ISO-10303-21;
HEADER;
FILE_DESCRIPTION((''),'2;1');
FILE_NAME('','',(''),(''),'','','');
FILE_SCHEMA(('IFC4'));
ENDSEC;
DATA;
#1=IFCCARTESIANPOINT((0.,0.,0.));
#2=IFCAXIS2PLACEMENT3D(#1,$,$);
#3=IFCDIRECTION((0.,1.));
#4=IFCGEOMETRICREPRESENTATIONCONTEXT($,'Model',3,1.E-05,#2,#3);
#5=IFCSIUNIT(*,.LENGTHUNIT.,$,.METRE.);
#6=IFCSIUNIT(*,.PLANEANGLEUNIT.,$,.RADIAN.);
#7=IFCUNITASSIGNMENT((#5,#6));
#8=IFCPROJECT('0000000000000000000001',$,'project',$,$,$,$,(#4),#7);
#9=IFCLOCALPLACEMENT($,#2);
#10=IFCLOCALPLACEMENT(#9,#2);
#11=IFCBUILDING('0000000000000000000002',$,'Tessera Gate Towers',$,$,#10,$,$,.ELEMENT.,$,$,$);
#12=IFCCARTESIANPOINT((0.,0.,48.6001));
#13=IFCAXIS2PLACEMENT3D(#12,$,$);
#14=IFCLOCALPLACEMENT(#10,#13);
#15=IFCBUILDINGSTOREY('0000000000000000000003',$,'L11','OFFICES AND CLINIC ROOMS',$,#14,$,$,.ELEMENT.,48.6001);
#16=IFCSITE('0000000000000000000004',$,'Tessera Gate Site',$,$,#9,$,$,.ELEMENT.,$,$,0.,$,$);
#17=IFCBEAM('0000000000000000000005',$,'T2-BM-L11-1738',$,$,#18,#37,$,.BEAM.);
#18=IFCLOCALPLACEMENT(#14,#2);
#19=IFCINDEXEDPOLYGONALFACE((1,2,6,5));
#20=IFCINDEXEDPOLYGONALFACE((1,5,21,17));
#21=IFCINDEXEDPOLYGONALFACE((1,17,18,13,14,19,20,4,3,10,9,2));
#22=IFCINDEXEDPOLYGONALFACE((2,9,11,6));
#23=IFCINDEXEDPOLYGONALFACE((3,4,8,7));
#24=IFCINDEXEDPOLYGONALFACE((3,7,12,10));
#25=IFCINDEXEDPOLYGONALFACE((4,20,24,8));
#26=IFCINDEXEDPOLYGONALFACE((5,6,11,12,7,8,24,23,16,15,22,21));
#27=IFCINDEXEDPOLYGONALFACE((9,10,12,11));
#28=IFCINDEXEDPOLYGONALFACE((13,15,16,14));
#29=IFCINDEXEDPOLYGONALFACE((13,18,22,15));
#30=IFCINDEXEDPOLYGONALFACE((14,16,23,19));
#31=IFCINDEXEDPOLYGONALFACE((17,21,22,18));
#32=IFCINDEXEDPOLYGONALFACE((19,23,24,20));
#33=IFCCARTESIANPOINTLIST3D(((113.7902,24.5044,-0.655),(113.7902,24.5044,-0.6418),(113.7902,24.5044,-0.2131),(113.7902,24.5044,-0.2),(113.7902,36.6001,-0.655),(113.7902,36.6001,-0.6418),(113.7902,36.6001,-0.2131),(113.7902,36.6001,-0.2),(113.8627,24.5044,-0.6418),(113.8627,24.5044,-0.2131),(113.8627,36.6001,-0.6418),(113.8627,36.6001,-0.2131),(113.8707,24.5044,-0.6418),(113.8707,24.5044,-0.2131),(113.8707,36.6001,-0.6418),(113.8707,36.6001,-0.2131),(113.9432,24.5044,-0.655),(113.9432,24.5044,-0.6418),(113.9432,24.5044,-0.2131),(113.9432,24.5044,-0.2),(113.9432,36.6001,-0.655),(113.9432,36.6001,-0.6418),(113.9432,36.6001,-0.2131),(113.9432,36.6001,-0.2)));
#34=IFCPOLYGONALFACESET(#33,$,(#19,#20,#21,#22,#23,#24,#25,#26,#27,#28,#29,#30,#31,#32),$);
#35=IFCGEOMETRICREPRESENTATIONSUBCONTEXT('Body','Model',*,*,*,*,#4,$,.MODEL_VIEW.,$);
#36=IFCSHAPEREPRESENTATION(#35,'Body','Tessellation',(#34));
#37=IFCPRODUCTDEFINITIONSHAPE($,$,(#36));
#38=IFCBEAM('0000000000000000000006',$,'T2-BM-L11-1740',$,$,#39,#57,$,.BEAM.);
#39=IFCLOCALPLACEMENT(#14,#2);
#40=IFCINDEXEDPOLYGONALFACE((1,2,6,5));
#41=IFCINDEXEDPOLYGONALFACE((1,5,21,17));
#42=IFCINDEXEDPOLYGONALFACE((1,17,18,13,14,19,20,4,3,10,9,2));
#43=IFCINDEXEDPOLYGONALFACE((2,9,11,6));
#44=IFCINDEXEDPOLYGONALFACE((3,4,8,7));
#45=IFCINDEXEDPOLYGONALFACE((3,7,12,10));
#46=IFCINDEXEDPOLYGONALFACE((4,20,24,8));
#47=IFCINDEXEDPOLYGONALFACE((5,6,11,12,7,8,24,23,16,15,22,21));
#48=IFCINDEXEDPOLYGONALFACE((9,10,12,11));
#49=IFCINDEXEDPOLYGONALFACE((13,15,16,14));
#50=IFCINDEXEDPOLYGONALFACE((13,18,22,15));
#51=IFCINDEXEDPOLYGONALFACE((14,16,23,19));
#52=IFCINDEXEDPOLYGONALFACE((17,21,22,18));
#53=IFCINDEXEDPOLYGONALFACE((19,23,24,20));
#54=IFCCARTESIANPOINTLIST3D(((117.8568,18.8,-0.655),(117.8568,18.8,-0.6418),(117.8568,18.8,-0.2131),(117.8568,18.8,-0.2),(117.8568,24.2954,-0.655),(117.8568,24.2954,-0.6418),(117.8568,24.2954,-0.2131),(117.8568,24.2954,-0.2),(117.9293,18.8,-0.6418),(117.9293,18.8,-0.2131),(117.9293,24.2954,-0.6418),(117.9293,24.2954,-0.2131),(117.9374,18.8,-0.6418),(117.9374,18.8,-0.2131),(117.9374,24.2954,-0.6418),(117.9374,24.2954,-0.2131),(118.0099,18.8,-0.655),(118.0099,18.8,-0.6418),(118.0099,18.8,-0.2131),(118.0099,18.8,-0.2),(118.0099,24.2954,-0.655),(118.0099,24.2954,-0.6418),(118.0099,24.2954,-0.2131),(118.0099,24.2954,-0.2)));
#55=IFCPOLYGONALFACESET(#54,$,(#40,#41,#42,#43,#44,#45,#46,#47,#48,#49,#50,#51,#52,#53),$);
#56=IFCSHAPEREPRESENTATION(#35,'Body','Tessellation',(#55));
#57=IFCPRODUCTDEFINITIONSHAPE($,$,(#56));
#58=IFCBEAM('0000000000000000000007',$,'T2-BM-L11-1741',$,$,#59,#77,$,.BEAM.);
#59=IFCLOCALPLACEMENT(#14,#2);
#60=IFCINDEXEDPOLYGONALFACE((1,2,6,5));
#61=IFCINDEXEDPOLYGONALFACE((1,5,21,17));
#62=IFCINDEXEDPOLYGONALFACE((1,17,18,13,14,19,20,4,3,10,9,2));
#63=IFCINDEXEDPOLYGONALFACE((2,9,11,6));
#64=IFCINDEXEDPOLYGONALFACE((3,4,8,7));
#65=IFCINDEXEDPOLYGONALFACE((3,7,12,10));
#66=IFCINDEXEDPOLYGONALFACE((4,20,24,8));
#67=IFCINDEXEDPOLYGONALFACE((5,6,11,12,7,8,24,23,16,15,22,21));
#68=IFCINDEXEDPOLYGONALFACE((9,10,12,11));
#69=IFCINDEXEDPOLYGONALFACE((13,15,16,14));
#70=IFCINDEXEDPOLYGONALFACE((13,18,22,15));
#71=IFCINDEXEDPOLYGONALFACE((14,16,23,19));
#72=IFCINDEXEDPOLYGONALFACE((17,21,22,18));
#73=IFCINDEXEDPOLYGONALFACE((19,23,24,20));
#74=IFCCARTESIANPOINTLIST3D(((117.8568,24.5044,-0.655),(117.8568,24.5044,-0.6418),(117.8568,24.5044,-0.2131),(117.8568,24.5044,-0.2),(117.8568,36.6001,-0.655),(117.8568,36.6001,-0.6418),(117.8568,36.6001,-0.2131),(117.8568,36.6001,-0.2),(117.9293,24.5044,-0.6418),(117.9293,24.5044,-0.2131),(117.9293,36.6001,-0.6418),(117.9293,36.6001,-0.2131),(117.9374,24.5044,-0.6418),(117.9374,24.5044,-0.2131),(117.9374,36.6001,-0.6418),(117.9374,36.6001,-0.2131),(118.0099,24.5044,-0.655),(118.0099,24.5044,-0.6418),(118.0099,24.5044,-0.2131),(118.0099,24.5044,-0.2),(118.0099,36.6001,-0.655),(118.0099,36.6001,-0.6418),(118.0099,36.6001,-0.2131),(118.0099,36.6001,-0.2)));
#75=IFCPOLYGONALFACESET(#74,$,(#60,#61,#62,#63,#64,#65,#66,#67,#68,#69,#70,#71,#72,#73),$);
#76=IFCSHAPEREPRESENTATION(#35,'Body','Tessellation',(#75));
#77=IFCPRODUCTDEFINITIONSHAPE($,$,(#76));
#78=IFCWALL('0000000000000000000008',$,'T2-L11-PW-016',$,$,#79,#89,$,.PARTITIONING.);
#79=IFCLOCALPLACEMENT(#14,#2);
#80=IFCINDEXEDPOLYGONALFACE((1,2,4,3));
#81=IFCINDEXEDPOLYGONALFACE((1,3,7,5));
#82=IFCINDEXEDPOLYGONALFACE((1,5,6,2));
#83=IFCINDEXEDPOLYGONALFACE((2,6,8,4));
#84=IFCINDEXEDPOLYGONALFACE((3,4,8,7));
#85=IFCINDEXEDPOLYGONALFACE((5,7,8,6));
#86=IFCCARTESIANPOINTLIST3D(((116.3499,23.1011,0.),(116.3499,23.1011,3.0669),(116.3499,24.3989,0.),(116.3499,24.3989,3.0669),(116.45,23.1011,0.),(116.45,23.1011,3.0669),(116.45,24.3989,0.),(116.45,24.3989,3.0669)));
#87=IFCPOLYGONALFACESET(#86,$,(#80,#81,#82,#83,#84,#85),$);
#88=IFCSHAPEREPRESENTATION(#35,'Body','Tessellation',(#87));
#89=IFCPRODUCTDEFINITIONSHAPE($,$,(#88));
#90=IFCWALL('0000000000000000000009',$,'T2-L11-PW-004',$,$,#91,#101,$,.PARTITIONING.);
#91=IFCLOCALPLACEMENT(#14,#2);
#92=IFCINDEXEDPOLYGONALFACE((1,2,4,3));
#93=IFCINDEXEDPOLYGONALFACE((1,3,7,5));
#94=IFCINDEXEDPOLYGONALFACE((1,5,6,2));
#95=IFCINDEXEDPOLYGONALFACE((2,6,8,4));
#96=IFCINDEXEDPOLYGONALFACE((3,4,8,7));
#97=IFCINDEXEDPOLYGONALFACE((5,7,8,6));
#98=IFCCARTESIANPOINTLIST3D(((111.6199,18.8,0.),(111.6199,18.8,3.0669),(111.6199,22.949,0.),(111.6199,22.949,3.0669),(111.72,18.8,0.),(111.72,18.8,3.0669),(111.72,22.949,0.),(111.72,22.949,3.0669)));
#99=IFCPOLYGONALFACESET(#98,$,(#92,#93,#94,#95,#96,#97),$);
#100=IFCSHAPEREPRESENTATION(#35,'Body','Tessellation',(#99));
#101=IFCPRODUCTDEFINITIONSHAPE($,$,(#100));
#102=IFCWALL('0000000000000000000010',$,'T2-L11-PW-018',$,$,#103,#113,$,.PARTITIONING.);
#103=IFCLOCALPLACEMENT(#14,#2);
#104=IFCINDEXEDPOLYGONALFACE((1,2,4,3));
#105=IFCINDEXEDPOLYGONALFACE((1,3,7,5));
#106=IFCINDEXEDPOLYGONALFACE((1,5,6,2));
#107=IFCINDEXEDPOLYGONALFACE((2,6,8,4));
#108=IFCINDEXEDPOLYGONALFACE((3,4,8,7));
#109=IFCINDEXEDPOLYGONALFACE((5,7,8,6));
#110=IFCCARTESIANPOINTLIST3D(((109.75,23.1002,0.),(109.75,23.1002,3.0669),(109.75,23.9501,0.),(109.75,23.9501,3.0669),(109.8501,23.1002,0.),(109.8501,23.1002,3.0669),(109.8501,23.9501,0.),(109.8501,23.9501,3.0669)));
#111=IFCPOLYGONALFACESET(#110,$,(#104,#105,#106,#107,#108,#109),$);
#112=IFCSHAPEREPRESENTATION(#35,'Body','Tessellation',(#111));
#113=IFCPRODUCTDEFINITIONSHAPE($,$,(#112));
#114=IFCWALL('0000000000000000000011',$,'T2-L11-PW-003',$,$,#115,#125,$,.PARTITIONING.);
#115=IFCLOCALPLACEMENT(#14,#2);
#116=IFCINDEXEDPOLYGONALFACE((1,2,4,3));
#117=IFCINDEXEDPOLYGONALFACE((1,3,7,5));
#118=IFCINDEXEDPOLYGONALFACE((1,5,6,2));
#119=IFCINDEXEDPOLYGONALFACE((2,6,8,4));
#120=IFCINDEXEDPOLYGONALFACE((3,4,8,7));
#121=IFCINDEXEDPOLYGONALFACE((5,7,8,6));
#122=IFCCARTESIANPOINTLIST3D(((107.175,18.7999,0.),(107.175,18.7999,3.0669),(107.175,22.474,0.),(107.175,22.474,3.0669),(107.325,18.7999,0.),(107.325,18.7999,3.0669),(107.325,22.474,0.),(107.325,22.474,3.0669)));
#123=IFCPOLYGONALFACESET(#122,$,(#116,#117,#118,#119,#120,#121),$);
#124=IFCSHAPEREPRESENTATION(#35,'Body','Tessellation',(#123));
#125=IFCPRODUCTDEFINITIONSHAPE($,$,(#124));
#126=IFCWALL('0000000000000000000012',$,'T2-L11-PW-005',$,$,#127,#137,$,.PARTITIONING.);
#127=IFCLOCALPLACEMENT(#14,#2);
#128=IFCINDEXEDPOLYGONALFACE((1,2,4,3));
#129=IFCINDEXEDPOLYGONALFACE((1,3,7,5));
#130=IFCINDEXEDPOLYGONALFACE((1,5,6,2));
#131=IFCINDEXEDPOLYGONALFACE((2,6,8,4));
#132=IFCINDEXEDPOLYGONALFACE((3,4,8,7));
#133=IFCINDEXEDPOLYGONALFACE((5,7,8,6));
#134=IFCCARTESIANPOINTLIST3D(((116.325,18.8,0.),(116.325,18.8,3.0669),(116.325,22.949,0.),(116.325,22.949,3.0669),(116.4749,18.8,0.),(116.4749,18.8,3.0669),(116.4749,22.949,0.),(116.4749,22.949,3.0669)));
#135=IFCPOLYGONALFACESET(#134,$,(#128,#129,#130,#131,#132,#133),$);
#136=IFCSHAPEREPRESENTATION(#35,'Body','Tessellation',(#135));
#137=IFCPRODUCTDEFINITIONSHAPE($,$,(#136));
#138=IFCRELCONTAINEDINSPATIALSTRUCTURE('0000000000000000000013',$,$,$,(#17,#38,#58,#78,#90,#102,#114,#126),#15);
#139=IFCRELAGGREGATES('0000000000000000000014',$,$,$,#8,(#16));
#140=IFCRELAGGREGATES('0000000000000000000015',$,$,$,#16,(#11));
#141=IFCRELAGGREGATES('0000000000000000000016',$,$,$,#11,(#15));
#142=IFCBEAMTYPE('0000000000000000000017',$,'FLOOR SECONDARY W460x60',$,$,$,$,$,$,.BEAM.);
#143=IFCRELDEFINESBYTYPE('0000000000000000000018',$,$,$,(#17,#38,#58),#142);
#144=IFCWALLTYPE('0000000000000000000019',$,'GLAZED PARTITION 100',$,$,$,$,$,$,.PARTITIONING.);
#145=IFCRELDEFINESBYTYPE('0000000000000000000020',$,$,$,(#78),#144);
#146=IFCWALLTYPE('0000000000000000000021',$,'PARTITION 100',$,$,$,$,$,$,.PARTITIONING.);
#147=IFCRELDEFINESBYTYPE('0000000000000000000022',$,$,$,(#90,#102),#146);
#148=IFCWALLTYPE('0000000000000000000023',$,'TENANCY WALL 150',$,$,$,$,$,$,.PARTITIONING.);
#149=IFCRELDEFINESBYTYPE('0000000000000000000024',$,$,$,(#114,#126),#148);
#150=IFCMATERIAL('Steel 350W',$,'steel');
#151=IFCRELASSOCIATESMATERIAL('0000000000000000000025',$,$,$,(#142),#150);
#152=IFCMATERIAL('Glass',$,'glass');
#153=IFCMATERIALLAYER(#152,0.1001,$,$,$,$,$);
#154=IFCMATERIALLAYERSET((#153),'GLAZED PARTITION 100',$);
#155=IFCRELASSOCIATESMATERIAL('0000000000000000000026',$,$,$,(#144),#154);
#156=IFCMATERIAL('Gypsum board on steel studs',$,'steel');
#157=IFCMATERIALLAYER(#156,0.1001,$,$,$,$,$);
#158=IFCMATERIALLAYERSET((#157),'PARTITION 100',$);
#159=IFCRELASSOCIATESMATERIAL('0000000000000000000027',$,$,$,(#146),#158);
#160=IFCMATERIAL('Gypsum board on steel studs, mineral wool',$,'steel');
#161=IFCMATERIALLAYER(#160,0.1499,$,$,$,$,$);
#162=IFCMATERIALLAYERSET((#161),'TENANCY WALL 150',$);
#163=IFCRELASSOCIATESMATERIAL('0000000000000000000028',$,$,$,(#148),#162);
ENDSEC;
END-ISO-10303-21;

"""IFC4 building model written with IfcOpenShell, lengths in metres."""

from ifc_helpers import new_model, si_unit, direction, frame, frame_2d, origin, origin_2d, place, context, subcontext, project, spatial, rectangle, i_section, extrude, material, layer, layer_set, material_profile, profile_set, type_object, element, save


model = new_model("IFC4")

# Units and contexts
model_context = context("Model", 3, precision=1e-05, world=origin(), true_north=direction((0.0, 1.0)))
body_context = subcontext(model_context, "Body", "Model", "MODEL_VIEW")
ifc_project = project(units=[si_unit("LENGTHUNIT", "METRE"), si_unit("PLANEANGLEUNIT", "RADIAN")], contexts=[model_context])

# Site, building, storey
site_placement = place(None, origin())
site = spatial("IfcSite", under=ifc_project, at=site_placement, Name="Tessera Gate Site", CompositionType="ELEMENT", RefElevation=0.0)
building_placement = place(site_placement, origin())
building = spatial("IfcBuilding", under=site, at=building_placement, Name="Tessera Gate Towers", CompositionType="ELEMENT")
storey_placement = place(building_placement, frame((0.0, 0.0, 48.6001)))
storey = spatial("IfcBuildingStorey", under=building, at=storey_placement, Name="L11", Description="OFFICES AND CLINIC ROOMS", CompositionType="ELEMENT", Elevation=48.6001)

# Beams
ifc_material_1 = material(Name="Steel 350W", Category="steel")
ifc_material_profile_1 = material_profile(ifc_material_1, i_section(OverallWidth=0.1531, OverallDepth=0.4551, WebThickness=0.0081, FlangeThickness=0.0132, at=origin_2d()), Name="W460x60")
ifc_profile_set_1 = profile_set([ifc_material_profile_1], Name="Steel 350W")
beam_type_1 = type_object("IfcBeamType", Name="FLOOR SECONDARY W460x60", PredefinedType="BEAM", material=ifc_profile_set_1)
beam_1_placement = place(storey_placement, frame((113.8667, 24.5044, -0.4275), z_axis=(0.0, 1.0, 0.0), x_axis=(-1.0, 0.0, 0.0)))
element("IfcBeam", 1, at=beam_1_placement, inside=storey, type_object=beam_type_1, Name="T2-BM-L11-1738", PredefinedType="BEAM", context=body_context, shape_type="SweptSolid", body=[
    extrude(i_section(OverallWidth=0.1531, OverallDepth=0.4551, WebThickness=0.0081, FlangeThickness=0.0132, at=origin_2d()), origin(), (0.0, 0.0, 1.0), 12.0957),
])
beam_2_placement = place(storey_placement, frame((117.9333, 18.8, -0.4275), z_axis=(0.0, 1.0, 0.0), x_axis=(-1.0, 0.0, 0.0)))
element("IfcBeam", 2, at=beam_2_placement, inside=storey, type_object=beam_type_1, Name="T2-BM-L11-1740", PredefinedType="BEAM", context=body_context, shape_type="SweptSolid", body=[
    extrude(i_section(OverallWidth=0.1531, OverallDepth=0.4551, WebThickness=0.0081, FlangeThickness=0.0132, at=origin_2d()), origin(), (0.0, 0.0, 1.0), 5.4954),
])
beam_3_placement = place(storey_placement, frame((117.9333, 24.5044, -0.4275), z_axis=(0.0, 1.0, 0.0), x_axis=(-1.0, 0.0, 0.0)))
element("IfcBeam", 3, at=beam_3_placement, inside=storey, type_object=beam_type_1, Name="T2-BM-L11-1741", PredefinedType="BEAM", context=body_context, shape_type="SweptSolid", body=[
    extrude(i_section(OverallWidth=0.1531, OverallDepth=0.4551, WebThickness=0.0081, FlangeThickness=0.0132, at=origin_2d()), origin(), (0.0, 0.0, 1.0), 12.0957),
])

# Walls
ifc_material_2 = material(Name="Glass", Category="glass")
ifc_layer_1 = layer(ifc_material_2, 0.1001)
ifc_layer_set_1 = layer_set([ifc_layer_1], Name="GLAZED PARTITION 100")
wall_type_1 = type_object("IfcWallType", Name="GLAZED PARTITION 100", PredefinedType="PARTITIONING", material=ifc_layer_set_1)
wall_1_placement = place(storey_placement, frame((116.3999, 23.1011, 0.0), z_axis=(0.0, 0.0, 1.0), x_axis=(0.0, 1.0, 0.0)))
element("IfcWall", 4, at=wall_1_placement, inside=storey, type_object=wall_type_1, Name="T2-L11-PW-016", PredefinedType="PARTITIONING", context=body_context, shape_type="SweptSolid", body=[
    extrude(rectangle(XDim=1.2979, YDim=0.1001, at=frame_2d((0.6489, 0.0))), origin(), (0.0, 0.0, 1.0), 3.0669),
])
ifc_material_3 = material(Name="Gypsum board on steel studs", Category="steel")
ifc_layer_2 = layer(ifc_material_3, 0.1001)
ifc_layer_set_2 = layer_set([ifc_layer_2], Name="PARTITION 100")
wall_type_2 = type_object("IfcWallType", Name="PARTITION 100", PredefinedType="PARTITIONING", material=ifc_layer_set_2)
wall_2_placement = place(storey_placement, frame((111.6699, 18.8, 0.0), z_axis=(0.0, 0.0, 1.0), x_axis=(0.0, 1.0, 0.0)))
element("IfcWall", 5, at=wall_2_placement, inside=storey, type_object=wall_type_2, Name="T2-L11-PW-004", PredefinedType="PARTITIONING", context=body_context, shape_type="SweptSolid", body=[
    extrude(rectangle(XDim=4.1489, YDim=0.1001, at=frame_2d((2.0745, 0.0))), origin(), (0.0, 0.0, 1.0), 3.0669),
])
wall_3_placement = place(storey_placement, frame((109.8, 23.95, 0.0), z_axis=(0.0, 0.0, 1.0), x_axis=(0.0, -1.0, 0.0)))
element("IfcWall", 6, at=wall_3_placement, inside=storey, type_object=wall_type_2, Name="T2-L11-PW-018", PredefinedType="PARTITIONING", context=body_context, shape_type="SweptSolid", body=[
    extrude(rectangle(XDim=0.8499, YDim=0.1001, at=frame_2d((0.4248, 0.0))), origin(), (0.0, 0.0, 1.0), 3.0669),
])
ifc_material_4 = material(Name="Gypsum board on steel studs, mineral wool", Category="steel")
ifc_layer_3 = layer(ifc_material_4, 0.1499)
ifc_layer_set_3 = layer_set([ifc_layer_3], Name="TENANCY WALL 150")
wall_type_3 = type_object("IfcWallType", Name="TENANCY WALL 150", PredefinedType="PARTITIONING", material=ifc_layer_set_3)
wall_4_placement = place(storey_placement, frame((107.25, 18.8, 0.0), z_axis=(0.0, 0.0, 1.0), x_axis=(0.0, 1.0, 0.0)))
element("IfcWall", 7, at=wall_4_placement, inside=storey, type_object=wall_type_3, Name="T2-L11-PW-003", PredefinedType="PARTITIONING", context=body_context, shape_type="SweptSolid", body=[
    extrude(rectangle(XDim=3.6741, YDim=0.1499, at=frame_2d((1.8369, 0.0))), origin(), (0.0, 0.0, 1.0), 3.0669),
])
wall_5_placement = place(storey_placement, frame((116.3999, 18.8, 0.0), z_axis=(0.0, 0.0, 1.0), x_axis=(0.0, 1.0, 0.0)))
element("IfcWall", 8, at=wall_5_placement, inside=storey, type_object=wall_type_3, Name="T2-L11-PW-005", PredefinedType="PARTITIONING", context=body_context, shape_type="SweptSolid", body=[
    extrude(rectangle(XDim=4.1489, YDim=0.1499, at=frame_2d((2.0745, 0.0))), origin(), (0.0, 0.0, 1.0), 3.0669),
])

save(model, "model.ifc")
